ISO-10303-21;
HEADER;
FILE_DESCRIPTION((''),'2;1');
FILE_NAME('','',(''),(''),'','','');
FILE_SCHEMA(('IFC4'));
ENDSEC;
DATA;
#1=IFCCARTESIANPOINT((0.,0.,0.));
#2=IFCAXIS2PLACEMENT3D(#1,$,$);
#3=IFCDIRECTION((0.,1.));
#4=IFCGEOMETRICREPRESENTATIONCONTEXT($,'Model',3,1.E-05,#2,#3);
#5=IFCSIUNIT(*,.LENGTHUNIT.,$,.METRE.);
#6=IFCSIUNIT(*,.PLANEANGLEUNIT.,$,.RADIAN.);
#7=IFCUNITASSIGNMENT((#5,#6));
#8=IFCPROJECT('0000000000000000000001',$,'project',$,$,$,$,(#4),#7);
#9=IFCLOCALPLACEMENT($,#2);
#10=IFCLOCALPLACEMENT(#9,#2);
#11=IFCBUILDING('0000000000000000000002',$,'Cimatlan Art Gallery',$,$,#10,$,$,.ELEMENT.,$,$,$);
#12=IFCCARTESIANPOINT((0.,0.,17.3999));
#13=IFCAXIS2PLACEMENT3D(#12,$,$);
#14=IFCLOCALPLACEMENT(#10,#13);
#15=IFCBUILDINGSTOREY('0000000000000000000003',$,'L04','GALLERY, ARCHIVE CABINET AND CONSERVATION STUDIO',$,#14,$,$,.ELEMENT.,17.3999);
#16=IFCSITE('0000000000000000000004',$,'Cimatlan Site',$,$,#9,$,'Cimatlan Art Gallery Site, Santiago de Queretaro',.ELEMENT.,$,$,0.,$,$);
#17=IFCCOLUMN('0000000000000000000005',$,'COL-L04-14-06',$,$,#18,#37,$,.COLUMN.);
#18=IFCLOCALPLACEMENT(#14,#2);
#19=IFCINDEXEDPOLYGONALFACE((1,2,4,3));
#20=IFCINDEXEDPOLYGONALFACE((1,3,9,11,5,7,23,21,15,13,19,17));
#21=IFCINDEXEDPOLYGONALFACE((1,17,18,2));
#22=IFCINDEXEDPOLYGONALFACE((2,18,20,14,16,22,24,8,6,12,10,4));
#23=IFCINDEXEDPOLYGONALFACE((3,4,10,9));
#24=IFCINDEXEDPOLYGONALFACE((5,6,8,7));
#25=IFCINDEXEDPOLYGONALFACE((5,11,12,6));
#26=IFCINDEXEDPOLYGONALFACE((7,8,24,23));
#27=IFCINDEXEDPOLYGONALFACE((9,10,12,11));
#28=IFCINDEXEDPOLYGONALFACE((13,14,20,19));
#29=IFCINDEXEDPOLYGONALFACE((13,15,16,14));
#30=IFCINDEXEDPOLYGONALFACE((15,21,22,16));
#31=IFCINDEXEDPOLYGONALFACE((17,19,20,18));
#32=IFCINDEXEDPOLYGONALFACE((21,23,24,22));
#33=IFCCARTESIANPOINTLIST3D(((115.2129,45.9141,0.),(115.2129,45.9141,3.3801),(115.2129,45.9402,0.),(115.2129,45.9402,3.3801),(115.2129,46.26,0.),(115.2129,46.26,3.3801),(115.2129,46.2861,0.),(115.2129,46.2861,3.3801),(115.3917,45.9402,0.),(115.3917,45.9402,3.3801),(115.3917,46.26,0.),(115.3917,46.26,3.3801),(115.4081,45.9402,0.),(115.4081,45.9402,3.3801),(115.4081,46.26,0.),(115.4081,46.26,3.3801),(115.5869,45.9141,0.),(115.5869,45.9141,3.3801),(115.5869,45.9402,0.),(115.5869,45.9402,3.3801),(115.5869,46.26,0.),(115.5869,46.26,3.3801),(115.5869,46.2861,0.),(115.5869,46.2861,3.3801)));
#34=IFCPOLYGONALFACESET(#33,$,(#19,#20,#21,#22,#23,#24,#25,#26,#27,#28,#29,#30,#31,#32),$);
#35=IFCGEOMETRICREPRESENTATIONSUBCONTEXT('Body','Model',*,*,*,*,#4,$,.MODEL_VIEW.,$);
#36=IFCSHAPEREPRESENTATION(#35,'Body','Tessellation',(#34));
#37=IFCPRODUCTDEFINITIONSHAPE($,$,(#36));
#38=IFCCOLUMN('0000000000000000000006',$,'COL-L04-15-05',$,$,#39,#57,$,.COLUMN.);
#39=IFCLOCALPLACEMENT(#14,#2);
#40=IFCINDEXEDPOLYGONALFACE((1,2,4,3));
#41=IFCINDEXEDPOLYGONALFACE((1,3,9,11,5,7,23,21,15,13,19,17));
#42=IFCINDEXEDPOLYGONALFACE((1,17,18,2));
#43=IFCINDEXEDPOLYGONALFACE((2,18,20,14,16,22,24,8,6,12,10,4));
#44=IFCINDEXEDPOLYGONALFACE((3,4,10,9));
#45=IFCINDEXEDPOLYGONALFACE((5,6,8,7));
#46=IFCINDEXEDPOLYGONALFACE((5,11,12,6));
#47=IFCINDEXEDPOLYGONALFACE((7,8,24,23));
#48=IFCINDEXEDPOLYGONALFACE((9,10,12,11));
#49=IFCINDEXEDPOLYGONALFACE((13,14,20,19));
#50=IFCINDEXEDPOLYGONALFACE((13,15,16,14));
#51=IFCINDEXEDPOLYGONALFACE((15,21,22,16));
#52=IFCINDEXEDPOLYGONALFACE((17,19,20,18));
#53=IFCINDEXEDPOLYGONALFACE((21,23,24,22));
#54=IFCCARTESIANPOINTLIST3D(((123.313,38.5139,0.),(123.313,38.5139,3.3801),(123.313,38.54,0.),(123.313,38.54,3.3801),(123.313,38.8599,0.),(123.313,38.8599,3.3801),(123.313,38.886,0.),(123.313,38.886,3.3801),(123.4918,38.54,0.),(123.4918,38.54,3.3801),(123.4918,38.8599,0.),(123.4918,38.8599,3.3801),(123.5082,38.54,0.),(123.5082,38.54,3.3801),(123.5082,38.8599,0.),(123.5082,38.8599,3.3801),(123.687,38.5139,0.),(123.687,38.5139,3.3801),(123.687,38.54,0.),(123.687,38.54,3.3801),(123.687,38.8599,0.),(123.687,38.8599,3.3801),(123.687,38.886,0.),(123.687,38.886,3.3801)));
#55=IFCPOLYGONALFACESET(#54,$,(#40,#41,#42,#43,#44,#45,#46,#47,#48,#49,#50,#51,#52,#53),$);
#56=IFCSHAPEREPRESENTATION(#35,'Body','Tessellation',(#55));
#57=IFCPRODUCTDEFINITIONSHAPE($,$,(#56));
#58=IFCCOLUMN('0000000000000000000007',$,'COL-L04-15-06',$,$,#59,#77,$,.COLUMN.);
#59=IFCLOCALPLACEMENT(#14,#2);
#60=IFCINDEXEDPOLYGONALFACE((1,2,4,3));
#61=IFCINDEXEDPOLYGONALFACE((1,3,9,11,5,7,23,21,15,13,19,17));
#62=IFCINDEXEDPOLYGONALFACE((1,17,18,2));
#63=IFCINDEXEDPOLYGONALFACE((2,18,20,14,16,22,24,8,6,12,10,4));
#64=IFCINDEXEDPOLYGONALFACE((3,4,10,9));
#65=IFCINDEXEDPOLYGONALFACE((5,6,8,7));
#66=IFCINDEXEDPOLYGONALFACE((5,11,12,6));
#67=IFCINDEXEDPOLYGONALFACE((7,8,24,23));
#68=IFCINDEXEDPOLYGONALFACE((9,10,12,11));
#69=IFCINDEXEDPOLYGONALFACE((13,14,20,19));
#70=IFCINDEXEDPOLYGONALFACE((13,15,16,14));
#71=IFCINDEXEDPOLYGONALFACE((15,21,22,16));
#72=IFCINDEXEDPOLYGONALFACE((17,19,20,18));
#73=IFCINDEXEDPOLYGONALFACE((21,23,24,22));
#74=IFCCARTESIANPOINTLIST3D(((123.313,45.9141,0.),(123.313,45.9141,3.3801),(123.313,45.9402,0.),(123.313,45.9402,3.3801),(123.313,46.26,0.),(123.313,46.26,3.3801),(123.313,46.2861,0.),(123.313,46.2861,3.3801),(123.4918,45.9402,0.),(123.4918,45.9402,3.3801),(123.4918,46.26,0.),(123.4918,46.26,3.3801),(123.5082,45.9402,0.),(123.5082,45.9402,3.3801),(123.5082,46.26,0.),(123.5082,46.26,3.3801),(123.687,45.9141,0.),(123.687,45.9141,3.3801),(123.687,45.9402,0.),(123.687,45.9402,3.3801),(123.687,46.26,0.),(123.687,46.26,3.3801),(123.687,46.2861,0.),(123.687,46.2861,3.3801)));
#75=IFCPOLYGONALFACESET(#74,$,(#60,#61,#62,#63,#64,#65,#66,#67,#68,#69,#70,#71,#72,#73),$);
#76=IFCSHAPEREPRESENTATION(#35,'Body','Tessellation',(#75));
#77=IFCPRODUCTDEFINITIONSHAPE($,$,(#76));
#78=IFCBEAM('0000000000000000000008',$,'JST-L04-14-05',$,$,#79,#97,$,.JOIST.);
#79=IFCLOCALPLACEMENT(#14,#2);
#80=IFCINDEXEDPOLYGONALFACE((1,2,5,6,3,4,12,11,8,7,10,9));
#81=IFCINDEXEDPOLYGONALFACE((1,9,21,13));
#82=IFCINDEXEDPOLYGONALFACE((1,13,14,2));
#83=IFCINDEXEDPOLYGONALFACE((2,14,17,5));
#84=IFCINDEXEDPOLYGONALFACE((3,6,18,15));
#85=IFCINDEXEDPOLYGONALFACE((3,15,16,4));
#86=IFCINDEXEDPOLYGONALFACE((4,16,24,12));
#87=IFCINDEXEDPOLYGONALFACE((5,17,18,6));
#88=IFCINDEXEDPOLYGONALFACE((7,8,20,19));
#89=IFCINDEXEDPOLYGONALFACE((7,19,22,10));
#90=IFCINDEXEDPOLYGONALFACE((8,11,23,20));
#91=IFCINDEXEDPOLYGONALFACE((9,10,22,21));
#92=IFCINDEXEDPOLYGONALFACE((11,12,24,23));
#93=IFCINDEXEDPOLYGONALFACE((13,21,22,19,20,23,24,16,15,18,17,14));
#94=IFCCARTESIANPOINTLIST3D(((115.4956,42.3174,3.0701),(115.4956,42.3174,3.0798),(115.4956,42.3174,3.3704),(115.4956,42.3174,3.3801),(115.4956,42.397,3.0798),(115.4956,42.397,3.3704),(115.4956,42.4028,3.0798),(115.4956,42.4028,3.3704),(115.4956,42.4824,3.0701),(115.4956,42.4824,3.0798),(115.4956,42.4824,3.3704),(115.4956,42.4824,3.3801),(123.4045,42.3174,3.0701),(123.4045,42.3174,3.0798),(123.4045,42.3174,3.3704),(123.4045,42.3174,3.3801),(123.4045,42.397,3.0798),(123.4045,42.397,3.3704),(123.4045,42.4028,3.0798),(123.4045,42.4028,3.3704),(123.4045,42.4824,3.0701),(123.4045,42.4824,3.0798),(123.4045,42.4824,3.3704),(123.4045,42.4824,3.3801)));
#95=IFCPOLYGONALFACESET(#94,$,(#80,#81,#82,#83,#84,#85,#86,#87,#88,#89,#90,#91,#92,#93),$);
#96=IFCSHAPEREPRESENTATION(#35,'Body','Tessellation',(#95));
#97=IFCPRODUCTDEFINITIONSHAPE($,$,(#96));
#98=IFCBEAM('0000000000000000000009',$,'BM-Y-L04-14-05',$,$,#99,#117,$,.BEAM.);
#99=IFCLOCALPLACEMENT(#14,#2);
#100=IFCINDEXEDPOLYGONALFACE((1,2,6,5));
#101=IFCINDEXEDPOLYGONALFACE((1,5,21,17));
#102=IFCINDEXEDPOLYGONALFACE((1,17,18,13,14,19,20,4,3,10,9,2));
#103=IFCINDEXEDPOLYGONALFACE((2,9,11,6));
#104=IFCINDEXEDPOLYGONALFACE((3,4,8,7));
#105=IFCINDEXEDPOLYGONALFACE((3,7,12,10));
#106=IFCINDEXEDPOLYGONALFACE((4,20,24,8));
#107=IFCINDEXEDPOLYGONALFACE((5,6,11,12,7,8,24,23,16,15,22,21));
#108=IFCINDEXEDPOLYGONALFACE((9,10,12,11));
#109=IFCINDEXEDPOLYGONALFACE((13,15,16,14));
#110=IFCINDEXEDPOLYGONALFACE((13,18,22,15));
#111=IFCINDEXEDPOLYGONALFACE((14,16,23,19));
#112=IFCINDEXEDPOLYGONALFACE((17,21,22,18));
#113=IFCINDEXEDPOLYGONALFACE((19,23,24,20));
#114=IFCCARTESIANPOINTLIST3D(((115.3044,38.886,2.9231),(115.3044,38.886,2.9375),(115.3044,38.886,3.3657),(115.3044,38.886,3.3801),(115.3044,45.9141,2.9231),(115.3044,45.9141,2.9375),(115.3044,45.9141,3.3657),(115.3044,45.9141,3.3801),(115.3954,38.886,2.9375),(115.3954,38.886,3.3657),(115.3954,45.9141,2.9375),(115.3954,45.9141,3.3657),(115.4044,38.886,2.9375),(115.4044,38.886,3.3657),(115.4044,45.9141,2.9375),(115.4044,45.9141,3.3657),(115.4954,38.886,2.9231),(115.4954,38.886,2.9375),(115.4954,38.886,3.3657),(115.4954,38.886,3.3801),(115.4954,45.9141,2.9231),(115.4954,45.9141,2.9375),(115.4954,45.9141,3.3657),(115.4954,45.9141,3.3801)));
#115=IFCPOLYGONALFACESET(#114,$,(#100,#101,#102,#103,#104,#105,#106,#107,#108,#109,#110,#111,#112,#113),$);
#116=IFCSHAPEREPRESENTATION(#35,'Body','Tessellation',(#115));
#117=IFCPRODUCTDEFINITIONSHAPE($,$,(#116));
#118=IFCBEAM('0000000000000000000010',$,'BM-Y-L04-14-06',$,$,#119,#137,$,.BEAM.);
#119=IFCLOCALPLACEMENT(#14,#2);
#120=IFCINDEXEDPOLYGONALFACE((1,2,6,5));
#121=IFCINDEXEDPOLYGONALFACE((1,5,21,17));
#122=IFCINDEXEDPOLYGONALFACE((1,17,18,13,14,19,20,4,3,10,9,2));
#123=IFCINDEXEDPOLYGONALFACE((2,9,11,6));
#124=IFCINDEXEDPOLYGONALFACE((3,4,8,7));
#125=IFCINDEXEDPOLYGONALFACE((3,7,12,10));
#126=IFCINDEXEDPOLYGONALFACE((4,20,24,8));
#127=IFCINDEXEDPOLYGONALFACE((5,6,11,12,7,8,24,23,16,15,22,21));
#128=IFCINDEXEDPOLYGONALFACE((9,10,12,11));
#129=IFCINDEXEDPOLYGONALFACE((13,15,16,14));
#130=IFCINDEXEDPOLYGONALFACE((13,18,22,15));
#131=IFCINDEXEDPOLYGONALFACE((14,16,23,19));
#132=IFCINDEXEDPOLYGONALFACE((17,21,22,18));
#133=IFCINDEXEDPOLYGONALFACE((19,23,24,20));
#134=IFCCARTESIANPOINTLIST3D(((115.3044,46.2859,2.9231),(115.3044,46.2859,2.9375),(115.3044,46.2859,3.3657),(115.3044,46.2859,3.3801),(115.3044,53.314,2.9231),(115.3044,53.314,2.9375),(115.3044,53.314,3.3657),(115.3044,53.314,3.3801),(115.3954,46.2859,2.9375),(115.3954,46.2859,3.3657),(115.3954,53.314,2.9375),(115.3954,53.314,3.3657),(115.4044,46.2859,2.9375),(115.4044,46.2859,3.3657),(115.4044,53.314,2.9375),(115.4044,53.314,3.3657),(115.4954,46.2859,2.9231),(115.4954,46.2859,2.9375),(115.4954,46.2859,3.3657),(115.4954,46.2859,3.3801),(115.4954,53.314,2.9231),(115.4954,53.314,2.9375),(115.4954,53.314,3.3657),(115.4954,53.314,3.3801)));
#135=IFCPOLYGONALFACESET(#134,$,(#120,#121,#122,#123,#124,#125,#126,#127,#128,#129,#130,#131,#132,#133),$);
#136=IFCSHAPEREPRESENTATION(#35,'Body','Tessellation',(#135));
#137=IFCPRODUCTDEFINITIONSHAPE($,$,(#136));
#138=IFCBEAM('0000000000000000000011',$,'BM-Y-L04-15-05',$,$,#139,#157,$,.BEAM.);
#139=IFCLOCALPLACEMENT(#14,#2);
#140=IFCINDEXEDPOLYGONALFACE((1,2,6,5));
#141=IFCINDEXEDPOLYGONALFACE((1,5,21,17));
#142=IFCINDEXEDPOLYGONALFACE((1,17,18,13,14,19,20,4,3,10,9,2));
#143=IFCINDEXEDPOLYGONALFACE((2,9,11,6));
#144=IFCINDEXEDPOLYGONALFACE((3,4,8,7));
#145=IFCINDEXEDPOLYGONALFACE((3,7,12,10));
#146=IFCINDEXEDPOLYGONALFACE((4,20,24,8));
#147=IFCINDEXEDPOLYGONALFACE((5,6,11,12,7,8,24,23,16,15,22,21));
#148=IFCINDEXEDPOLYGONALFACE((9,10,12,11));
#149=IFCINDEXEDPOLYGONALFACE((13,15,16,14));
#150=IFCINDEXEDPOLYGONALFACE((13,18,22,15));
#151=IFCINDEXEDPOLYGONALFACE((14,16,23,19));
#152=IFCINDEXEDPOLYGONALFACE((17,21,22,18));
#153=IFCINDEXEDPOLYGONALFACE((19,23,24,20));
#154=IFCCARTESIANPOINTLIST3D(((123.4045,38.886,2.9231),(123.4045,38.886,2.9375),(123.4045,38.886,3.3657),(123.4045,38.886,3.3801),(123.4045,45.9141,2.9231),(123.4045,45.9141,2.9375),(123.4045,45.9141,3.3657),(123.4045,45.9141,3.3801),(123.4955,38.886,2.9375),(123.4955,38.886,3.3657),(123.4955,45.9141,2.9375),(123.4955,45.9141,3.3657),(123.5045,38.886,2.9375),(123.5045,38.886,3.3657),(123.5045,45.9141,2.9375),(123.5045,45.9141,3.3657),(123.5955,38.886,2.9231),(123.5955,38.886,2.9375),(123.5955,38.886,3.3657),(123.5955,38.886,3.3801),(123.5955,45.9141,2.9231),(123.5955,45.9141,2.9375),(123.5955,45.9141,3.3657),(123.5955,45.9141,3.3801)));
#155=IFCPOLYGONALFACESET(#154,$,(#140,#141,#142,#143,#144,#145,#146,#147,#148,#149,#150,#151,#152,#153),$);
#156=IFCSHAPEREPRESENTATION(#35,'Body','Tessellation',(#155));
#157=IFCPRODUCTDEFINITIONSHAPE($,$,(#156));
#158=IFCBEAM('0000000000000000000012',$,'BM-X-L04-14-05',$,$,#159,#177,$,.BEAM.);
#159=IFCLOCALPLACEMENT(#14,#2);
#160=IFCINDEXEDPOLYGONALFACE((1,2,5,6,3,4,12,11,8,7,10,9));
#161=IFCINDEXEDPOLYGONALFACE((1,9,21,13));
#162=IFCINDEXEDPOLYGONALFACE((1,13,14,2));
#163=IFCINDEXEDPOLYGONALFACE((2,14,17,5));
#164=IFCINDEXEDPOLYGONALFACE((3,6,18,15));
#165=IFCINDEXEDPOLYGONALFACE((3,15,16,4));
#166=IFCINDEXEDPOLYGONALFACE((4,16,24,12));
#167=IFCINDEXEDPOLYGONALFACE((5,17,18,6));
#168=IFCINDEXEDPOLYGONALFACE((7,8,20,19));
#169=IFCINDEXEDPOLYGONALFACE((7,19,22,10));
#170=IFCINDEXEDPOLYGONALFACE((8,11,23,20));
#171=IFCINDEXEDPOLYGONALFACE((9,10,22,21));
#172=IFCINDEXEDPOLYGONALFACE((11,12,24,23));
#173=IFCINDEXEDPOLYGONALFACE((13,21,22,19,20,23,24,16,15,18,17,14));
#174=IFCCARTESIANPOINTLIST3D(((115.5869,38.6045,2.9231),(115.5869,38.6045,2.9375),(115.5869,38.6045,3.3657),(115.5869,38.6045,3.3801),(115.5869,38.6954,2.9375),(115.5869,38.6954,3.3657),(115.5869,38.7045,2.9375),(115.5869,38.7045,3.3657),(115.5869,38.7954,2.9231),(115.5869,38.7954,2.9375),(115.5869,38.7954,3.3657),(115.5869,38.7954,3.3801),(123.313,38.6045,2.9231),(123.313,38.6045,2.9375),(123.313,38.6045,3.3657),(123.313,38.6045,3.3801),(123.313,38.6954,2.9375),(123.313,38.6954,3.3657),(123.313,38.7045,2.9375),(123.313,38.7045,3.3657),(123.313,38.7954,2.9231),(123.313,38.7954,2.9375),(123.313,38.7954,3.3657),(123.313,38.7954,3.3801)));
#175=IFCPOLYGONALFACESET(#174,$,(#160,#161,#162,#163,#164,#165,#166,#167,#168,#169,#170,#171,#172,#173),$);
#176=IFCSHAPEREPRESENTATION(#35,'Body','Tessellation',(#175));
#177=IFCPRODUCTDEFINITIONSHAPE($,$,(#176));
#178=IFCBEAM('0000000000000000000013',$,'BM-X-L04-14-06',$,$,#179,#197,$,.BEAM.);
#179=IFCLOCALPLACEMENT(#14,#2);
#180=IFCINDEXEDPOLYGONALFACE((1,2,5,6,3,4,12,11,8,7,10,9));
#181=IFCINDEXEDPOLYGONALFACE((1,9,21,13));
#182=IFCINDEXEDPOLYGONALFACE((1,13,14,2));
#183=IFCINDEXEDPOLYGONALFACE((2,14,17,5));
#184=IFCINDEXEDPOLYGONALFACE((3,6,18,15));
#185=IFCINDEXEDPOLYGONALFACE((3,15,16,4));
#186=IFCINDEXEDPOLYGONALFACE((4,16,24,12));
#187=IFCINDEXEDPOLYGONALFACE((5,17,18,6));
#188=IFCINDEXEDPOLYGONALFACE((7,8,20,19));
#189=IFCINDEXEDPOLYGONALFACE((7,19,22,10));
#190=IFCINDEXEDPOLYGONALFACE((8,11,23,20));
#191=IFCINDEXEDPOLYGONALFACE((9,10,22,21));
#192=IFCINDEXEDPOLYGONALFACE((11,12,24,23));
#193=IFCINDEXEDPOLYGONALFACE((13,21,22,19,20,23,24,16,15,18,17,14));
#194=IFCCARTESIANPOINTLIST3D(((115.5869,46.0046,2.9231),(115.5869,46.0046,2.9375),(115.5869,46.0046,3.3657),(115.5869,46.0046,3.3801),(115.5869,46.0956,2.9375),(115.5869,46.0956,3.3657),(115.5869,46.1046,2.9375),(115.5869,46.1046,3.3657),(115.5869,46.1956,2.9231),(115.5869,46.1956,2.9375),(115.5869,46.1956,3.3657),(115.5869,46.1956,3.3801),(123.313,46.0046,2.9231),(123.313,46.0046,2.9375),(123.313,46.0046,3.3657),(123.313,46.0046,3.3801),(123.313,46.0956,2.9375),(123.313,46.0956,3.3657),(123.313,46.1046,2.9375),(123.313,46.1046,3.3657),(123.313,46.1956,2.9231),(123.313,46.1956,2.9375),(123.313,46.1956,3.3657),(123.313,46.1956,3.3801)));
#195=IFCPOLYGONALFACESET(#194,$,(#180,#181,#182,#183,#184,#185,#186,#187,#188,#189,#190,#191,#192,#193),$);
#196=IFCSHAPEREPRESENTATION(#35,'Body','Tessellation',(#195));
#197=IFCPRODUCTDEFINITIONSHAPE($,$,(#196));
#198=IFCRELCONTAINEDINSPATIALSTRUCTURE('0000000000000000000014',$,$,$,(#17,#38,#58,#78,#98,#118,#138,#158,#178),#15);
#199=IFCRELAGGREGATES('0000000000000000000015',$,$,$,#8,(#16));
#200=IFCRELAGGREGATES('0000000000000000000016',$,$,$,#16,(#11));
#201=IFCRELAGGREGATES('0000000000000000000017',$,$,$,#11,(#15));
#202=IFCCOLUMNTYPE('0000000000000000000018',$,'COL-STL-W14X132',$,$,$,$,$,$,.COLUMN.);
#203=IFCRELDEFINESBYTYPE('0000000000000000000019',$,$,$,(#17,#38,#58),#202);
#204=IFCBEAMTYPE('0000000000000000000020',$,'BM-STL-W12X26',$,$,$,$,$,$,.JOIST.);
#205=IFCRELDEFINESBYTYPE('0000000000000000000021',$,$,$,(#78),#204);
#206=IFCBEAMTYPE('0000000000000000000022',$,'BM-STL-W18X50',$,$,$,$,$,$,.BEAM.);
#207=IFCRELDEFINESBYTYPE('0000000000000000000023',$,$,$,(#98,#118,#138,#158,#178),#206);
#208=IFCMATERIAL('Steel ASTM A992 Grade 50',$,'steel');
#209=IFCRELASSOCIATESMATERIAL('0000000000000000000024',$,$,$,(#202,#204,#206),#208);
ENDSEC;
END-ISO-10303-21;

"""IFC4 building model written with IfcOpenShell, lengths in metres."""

from ifc_helpers import new_model, si_unit, direction, frame, origin, origin_2d, place, context, subcontext, project, spatial, i_section, extrude, material, material_profile, profile_set, type_object, element, save


model = new_model("IFC4")

# Units and contexts
model_context = context("Model", 3, precision=1e-05, world=origin(), true_north=direction((0.0, 1.0)))
body_context = subcontext(model_context, "Body", "Model", "MODEL_VIEW")
ifc_project = project(units=[si_unit("LENGTHUNIT", "METRE"), si_unit("PLANEANGLEUNIT", "RADIAN")], contexts=[model_context])

# Site, building, storey
site_placement = place(None, origin())
site = spatial("IfcSite", under=ifc_project, at=site_placement, Name="Cimatlan Site", LongName="Cimatlan Art Gallery Site, Santiago de Queretaro", CompositionType="ELEMENT", RefElevation=0.0)
building_placement = place(site_placement, origin())
building = spatial("IfcBuilding", under=site, at=building_placement, Name="Cimatlan Art Gallery", CompositionType="ELEMENT")
storey_placement = place(building_placement, frame((0.0, 0.0, 17.3999)))
storey = spatial("IfcBuildingStorey", under=building, at=storey_placement, Name="L04", Description="GALLERY, ARCHIVE CABINET AND CONSERVATION STUDIO", CompositionType="ELEMENT", Elevation=17.3999)

# Columns
ifc_material_1 = material(Name="Steel ASTM A992 Grade 50", Category="steel")
ifc_material_profile_1 = material_profile(ifc_material_1, i_section(OverallWidth=0.374, OverallDepth=0.3721, WebThickness=0.0164, FlangeThickness=0.0261, at=origin_2d()), Name="W14X132")
ifc_profile_set_1 = profile_set([ifc_material_profile_1], Name="Steel ASTM A992 Grade 50")
column_type = type_object("IfcColumnType", Name="COL-STL-W14X132", PredefinedType="COLUMN", material=ifc_profile_set_1)
for number, where, z_axis, x_axis, name in (
    (1, (115.3999, 46.1001, 0.0), (0.0, 0.0, 1.0), (1.0, 0.0, 0.0), "COL-L04-14-06"),
    (2, (123.5, 38.7, 0.0), (0.0, 0.0, 1.0), (1.0, 0.0, 0.0), "COL-L04-15-05"),
    (3, (123.5, 46.1001, 0.0), (0.0, 0.0, 1.0), (1.0, 0.0, 0.0), "COL-L04-15-06"),
):
    element("IfcColumn", number, at=place(storey_placement, frame(where, z_axis=z_axis, x_axis=x_axis)), inside=storey, type_object=column_type, Name=name, PredefinedType="COLUMN", context=body_context, shape_type="SweptSolid", body=[
        extrude(i_section(OverallWidth=0.374, OverallDepth=0.3721, WebThickness=0.0164, FlangeThickness=0.0261, at=origin_2d()), origin(), (0.0, 0.0, 1.0), 3.3801),
    ])

# Beams
ifc_material_profile_2 = material_profile(ifc_material_1, i_section(OverallWidth=0.165, OverallDepth=0.3101, WebThickness=0.0059, FlangeThickness=0.0098, at=origin_2d()), Name="W12X26")
ifc_profile_set_2 = profile_set([ifc_material_profile_2], Name="Steel ASTM A992 Grade 50")
beam_type_1 = type_object("IfcBeamType", Name="BM-STL-W12X26", PredefinedType="JOIST", material=ifc_profile_set_2)
beam_placement = place(storey_placement, frame((115.4956, 42.3999, 3.2251), z_axis=(1.0, 0.0, 0.0), x_axis=(0.0, 1.0, 0.0)))
element("IfcBeam", 4, at=beam_placement, inside=storey, type_object=beam_type_1, Name="JST-L04-14-05", PredefinedType="JOIST", context=body_context, shape_type="SweptSolid", body=[
    extrude(i_section(OverallWidth=0.165, OverallDepth=0.3101, WebThickness=0.0059, FlangeThickness=0.0098, at=origin_2d()), origin(), (0.0, 0.0, 1.0), 7.9089),
])
ifc_material_profile_3 = material_profile(ifc_material_1, i_section(OverallWidth=0.1909, OverallDepth=0.457, WebThickness=0.009, FlangeThickness=0.0144, at=origin_2d()), Name="W18X50")
ifc_profile_set_3 = profile_set([ifc_material_profile_3], Name="Steel ASTM A992 Grade 50")
beam_type_2 = type_object("IfcBeamType", Name="BM-STL-W18X50", PredefinedType="BEAM", material=ifc_profile_set_3)
for number, where, z_axis, x_axis, name in (
    (5, (115.3999, 38.886, 3.1516), (0.0, 1.0, 0.0), (-1.0, 0.0, 0.0), "BM-Y-L04-14-05"),
    (6, (115.3999, 46.2859, 3.1516), (0.0, 1.0, 0.0), (-1.0, 0.0, 0.0), "BM-Y-L04-14-06"),
    (7, (123.5, 38.886, 3.1516), (0.0, 1.0, 0.0), (-1.0, 0.0, 0.0), "BM-Y-L04-15-05"),
):
    element("IfcBeam", number, at=place(storey_placement, frame(where, z_axis=z_axis, x_axis=x_axis)), inside=storey, type_object=beam_type_2, Name=name, PredefinedType="BEAM", context=body_context, shape_type="SweptSolid", body=[
        extrude(i_section(OverallWidth=0.1909, OverallDepth=0.457, WebThickness=0.009, FlangeThickness=0.0144, at=origin_2d()), origin(), (0.0, 0.0, 1.0), 7.0281),
    ])
for number, where, z_axis, x_axis, name in (
    (8, (115.5869, 38.7, 3.1516), (1.0, 0.0, 0.0), (0.0, 1.0, 0.0), "BM-X-L04-14-05"),
    (9, (115.5869, 46.1001, 3.1516), (1.0, 0.0, 0.0), (0.0, 1.0, 0.0), "BM-X-L04-14-06"),
):
    element("IfcBeam", number, at=place(storey_placement, frame(where, z_axis=z_axis, x_axis=x_axis)), inside=storey, type_object=beam_type_2, Name=name, PredefinedType="BEAM", context=body_context, shape_type="SweptSolid", body=[
        extrude(i_section(OverallWidth=0.1909, OverallDepth=0.457, WebThickness=0.009, FlangeThickness=0.0144, at=origin_2d()), origin(), (0.0, 0.0, 1.0), 7.7261),
    ])

save(model, "model.ifc")
